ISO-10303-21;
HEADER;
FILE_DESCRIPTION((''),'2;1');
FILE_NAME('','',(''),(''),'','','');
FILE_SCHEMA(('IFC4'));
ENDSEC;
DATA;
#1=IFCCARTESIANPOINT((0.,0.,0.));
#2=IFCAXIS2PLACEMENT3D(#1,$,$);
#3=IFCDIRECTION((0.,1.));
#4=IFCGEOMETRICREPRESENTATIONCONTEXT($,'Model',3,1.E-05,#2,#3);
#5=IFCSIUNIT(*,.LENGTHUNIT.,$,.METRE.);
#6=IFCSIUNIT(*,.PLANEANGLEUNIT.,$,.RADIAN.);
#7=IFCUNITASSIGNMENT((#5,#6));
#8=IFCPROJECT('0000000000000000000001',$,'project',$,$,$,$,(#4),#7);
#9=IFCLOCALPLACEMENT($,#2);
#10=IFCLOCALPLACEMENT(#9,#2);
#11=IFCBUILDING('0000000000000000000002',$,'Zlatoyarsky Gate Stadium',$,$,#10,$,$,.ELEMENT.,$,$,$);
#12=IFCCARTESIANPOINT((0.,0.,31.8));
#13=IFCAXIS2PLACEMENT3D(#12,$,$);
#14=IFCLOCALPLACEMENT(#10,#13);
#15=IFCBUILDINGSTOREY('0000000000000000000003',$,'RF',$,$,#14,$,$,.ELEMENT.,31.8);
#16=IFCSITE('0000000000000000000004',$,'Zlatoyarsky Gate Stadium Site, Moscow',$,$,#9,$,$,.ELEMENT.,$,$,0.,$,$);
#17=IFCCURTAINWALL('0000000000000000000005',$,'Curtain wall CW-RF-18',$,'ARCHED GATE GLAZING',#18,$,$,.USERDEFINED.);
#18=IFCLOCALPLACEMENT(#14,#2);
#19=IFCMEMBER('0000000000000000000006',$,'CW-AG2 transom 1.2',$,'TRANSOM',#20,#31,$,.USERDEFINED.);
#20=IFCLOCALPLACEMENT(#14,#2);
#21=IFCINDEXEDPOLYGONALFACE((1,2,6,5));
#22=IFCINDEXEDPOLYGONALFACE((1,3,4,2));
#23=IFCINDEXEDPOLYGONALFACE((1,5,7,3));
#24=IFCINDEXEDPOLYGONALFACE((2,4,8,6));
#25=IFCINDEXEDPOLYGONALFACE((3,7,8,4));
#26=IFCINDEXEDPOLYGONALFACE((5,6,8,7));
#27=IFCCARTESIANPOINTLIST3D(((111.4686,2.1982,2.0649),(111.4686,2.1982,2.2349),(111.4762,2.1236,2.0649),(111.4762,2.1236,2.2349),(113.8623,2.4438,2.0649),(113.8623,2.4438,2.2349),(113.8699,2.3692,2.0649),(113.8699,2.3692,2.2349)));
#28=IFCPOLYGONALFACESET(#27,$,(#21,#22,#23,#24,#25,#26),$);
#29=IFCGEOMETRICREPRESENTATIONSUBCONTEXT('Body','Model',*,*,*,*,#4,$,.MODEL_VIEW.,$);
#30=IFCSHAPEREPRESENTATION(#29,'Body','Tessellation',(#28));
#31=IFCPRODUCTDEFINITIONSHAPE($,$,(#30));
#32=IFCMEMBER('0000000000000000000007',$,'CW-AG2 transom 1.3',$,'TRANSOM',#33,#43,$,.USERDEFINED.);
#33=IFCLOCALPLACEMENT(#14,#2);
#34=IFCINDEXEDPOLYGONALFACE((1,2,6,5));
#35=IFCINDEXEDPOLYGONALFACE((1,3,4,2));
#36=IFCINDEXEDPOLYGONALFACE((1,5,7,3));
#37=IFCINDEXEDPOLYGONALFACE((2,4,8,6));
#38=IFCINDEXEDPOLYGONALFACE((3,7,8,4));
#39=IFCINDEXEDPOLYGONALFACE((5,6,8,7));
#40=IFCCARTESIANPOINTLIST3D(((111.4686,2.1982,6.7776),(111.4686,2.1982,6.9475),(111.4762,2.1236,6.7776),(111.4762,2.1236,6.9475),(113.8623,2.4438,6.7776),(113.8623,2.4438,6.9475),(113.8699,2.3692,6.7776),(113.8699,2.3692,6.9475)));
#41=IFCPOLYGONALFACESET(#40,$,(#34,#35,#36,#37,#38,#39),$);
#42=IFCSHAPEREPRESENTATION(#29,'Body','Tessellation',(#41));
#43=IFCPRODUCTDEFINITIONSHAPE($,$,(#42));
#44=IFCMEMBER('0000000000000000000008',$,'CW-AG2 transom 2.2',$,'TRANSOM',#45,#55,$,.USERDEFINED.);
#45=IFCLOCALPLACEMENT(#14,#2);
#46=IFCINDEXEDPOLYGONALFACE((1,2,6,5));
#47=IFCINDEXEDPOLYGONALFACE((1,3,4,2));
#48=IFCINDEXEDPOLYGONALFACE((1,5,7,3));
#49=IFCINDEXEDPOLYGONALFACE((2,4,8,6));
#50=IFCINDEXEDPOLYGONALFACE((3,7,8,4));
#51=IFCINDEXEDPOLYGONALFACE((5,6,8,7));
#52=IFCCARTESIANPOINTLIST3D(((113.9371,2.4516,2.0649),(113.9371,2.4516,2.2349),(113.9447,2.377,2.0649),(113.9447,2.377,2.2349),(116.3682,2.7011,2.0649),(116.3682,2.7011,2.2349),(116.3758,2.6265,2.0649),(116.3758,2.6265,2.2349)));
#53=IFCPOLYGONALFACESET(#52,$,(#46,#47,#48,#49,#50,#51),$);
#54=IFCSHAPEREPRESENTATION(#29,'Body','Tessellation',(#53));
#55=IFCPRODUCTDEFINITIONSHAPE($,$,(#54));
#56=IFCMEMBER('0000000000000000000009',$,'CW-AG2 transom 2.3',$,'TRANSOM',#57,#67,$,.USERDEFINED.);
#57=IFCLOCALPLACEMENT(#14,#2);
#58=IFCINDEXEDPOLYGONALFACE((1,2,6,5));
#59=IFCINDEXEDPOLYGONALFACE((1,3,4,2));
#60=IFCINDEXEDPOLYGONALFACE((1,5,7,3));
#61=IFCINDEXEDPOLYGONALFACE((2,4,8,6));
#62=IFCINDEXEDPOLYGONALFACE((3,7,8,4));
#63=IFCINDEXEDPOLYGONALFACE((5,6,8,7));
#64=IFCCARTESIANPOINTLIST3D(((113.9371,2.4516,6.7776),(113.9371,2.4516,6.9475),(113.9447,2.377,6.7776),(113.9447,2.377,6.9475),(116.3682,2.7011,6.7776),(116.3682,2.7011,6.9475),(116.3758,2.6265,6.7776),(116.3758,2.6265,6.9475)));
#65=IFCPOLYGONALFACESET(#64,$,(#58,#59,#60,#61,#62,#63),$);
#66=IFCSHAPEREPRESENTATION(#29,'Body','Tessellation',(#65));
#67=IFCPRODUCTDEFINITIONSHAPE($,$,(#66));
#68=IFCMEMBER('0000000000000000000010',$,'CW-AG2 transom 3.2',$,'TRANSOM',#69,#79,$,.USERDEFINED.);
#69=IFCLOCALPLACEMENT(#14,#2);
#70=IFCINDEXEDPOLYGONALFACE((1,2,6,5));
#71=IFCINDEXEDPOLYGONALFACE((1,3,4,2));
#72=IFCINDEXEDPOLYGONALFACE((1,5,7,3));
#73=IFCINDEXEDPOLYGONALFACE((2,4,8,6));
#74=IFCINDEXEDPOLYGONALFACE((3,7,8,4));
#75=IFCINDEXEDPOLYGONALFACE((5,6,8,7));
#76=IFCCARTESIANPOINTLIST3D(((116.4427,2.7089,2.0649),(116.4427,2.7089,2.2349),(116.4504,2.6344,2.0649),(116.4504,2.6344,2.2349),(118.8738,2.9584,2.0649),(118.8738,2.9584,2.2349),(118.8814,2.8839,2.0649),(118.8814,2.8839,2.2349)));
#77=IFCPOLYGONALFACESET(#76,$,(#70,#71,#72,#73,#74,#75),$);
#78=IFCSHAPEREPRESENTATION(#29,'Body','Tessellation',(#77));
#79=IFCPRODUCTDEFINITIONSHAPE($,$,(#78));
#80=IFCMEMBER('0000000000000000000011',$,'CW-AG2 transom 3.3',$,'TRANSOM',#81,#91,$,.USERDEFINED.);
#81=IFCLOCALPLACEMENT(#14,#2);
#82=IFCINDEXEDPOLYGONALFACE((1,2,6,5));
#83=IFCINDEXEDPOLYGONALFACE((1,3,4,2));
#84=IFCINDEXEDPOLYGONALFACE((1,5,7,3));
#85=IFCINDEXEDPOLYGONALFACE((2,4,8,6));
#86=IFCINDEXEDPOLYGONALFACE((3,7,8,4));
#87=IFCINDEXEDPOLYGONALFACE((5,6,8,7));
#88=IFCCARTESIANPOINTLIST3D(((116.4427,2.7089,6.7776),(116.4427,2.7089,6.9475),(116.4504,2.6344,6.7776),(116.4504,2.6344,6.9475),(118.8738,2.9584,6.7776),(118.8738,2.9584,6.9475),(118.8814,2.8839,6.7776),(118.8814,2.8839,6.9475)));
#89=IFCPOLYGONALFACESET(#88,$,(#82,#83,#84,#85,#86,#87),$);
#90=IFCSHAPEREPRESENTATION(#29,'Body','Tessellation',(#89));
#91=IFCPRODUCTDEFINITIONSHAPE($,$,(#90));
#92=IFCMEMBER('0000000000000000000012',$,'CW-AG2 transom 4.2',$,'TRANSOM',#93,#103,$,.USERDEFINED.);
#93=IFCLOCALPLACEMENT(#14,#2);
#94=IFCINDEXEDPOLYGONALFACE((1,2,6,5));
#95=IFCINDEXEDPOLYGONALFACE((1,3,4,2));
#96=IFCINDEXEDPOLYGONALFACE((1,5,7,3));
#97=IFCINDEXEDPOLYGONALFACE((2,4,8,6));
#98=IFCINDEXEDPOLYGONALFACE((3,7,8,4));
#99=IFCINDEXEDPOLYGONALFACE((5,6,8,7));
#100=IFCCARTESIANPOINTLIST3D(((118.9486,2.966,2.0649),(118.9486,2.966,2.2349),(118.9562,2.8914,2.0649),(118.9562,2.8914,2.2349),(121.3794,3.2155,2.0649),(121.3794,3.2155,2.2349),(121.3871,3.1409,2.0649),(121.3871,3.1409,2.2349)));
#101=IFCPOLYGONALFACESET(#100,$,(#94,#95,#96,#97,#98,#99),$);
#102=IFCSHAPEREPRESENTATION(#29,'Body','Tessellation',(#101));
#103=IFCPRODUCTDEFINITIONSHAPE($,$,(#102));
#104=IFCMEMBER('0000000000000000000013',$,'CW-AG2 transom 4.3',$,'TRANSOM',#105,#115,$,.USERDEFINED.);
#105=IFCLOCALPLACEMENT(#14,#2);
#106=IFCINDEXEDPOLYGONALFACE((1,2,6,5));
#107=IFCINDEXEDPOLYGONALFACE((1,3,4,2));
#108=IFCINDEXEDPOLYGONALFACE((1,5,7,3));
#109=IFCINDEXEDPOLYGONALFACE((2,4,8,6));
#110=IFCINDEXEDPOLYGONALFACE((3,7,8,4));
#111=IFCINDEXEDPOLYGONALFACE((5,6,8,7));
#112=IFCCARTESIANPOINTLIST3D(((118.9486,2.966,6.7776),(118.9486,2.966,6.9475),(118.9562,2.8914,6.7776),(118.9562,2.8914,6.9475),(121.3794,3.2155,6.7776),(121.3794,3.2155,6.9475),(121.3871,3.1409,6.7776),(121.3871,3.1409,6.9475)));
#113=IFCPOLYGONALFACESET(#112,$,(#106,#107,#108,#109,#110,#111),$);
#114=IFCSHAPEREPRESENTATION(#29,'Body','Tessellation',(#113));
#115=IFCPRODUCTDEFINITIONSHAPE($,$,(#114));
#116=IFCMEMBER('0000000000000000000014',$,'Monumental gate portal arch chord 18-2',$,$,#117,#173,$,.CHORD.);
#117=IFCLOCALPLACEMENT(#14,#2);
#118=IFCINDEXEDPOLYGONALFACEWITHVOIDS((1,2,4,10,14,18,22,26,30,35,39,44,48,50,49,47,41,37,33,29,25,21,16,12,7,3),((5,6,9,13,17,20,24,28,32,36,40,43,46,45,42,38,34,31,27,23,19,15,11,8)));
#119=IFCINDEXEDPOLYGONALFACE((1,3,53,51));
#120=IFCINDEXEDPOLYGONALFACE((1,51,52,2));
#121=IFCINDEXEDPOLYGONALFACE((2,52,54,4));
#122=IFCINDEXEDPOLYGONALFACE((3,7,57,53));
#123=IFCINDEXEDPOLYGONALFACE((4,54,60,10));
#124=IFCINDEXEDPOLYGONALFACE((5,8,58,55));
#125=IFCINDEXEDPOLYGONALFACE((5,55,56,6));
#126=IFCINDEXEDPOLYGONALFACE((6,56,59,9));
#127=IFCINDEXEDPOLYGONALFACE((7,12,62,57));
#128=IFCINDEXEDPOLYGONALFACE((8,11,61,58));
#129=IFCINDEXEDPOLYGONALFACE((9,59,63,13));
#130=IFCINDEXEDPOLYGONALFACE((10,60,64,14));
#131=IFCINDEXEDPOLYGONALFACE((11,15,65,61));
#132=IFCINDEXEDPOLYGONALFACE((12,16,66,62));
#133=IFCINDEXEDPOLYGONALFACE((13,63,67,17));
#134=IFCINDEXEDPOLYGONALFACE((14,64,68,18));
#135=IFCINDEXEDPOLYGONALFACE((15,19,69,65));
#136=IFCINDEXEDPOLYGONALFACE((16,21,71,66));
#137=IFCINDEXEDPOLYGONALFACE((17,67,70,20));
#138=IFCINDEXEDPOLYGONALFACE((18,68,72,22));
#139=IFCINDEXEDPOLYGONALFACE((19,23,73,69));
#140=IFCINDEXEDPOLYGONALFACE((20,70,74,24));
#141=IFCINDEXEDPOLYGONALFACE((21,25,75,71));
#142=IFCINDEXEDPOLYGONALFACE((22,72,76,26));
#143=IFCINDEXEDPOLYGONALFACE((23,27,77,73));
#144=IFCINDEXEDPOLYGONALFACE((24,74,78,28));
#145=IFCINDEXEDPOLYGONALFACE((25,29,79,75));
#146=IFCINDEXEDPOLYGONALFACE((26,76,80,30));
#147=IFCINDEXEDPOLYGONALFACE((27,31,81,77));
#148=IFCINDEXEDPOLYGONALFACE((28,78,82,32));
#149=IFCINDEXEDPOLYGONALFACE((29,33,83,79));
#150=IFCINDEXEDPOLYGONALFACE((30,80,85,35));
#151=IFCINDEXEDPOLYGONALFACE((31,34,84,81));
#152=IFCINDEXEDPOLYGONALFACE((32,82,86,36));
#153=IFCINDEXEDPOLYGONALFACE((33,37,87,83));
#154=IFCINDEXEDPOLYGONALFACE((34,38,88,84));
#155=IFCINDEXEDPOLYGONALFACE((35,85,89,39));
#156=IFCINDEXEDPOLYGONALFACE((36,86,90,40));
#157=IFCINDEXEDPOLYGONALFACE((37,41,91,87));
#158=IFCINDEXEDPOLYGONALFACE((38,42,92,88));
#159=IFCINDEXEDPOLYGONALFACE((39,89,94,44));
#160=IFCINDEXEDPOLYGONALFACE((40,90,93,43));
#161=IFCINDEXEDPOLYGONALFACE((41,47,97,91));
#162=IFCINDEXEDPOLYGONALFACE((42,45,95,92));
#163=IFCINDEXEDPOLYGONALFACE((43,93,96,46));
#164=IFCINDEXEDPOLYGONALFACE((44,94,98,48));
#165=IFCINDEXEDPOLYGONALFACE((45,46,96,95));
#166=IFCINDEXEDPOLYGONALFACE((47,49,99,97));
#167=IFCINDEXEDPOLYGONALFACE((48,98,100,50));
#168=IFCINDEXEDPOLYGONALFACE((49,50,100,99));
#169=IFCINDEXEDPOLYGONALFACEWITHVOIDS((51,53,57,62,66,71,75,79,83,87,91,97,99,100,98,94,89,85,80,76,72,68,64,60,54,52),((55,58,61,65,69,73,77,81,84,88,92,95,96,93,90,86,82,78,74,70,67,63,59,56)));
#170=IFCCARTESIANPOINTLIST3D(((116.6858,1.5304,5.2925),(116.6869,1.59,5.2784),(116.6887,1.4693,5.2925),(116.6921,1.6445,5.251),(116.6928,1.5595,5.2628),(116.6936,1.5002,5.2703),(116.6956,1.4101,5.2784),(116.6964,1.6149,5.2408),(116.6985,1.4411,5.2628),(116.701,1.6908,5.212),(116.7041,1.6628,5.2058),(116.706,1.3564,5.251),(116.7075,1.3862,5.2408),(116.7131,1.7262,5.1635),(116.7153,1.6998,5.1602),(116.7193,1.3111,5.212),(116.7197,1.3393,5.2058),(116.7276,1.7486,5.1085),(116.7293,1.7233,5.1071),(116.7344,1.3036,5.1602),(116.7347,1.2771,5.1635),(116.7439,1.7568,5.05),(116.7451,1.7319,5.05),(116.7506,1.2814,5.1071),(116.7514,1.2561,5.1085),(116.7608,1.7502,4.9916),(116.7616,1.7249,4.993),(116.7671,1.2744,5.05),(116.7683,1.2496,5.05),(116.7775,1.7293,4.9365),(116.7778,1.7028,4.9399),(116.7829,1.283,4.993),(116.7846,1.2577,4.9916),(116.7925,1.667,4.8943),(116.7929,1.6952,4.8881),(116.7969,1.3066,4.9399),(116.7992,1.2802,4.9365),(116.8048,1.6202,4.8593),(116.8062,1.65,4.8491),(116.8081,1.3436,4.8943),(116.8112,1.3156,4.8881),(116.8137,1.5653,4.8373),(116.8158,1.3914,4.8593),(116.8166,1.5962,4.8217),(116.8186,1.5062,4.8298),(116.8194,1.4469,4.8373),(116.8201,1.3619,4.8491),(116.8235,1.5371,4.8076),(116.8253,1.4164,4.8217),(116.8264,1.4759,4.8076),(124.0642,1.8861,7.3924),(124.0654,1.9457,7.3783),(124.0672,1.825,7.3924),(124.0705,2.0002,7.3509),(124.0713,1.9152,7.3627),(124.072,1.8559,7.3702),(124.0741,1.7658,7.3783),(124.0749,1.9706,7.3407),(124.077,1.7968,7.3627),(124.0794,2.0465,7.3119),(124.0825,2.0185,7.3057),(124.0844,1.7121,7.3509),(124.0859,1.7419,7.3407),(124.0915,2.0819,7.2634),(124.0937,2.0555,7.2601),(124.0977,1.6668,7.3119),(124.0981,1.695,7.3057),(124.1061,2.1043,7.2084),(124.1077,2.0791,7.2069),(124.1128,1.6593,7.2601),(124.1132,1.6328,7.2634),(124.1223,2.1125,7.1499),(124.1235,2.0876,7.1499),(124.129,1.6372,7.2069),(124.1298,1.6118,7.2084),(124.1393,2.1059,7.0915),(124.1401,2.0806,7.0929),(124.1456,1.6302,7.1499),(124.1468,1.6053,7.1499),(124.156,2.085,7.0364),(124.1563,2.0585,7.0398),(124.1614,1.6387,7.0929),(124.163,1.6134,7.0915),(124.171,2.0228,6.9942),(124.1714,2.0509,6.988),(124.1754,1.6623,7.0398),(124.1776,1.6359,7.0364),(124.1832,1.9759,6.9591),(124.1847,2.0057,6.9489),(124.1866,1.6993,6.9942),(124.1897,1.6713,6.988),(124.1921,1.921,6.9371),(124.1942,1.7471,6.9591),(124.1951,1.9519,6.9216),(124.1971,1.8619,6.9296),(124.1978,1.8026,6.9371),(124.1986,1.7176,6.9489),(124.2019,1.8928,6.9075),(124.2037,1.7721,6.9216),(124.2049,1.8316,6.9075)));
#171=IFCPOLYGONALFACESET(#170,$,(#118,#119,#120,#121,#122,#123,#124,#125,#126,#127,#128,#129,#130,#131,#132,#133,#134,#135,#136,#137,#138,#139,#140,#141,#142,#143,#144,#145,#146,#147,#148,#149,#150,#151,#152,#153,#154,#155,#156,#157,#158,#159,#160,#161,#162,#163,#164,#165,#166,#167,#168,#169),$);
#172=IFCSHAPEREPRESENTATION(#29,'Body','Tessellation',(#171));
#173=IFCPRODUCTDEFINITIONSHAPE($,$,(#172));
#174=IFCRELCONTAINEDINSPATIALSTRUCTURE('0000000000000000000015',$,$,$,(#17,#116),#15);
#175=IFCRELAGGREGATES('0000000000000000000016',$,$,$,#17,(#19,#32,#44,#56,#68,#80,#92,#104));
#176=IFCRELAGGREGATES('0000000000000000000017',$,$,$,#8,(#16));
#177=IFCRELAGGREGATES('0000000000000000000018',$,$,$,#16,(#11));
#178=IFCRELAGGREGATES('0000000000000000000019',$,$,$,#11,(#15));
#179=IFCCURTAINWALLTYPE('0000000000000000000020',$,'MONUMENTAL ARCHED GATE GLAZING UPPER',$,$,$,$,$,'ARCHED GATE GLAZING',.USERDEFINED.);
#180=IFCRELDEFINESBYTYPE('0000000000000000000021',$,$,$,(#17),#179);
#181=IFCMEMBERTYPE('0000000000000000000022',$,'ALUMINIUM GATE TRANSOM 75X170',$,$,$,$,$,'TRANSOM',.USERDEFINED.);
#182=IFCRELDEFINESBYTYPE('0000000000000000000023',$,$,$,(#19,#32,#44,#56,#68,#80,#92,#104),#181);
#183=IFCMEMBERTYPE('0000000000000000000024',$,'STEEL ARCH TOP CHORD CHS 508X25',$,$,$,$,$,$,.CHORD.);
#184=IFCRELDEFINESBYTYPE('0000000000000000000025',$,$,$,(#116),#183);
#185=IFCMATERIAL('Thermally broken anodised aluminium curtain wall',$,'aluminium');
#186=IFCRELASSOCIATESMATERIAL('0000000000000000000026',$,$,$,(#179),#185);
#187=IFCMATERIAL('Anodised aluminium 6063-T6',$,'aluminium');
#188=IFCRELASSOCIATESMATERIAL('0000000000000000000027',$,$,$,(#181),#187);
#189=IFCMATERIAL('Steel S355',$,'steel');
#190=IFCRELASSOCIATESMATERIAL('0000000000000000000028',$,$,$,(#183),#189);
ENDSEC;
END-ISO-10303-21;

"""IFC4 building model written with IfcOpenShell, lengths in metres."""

from ifc_helpers import new_model, si_unit, direction, frame, origin, origin_2d, place, context, subcontext, project, spatial, rectangle, hollow_circle, extrude, material, material_profile, profile_set, type_object, element, aggregate, save


model = new_model("IFC4")

# Units and contexts
model_context = context("Model", 3, precision=1e-05, world=origin(), true_north=direction((0.0, 1.0)))
body_context = subcontext(model_context, "Body", "Model", "MODEL_VIEW")
ifc_project = project(units=[si_unit("LENGTHUNIT", "METRE"), si_unit("PLANEANGLEUNIT", "RADIAN")], contexts=[model_context])

# Site, building, storey
site_placement = place(None, origin())
site = spatial("IfcSite", under=ifc_project, at=site_placement, Name="Zlatoyarsky Gate Stadium Site, Moscow", CompositionType="ELEMENT", RefElevation=0.0)
building_placement = place(site_placement, origin())
building = spatial("IfcBuilding", under=site, at=building_placement, Name="Zlatoyarsky Gate Stadium", CompositionType="ELEMENT")
storey_placement = place(building_placement, frame((0.0, 0.0, 31.8)))
storey = spatial("IfcBuildingStorey", under=building, at=storey_placement, Name="RF", CompositionType="ELEMENT", Elevation=31.8)

# Curtain wall, members
ifc_material_1 = material(Name="Thermally broken anodised aluminium curtain wall", Category="aluminium")
curtain_wall_type = type_object("IfcCurtainWallType", Name="MONUMENTAL ARCHED GATE GLAZING UPPER", ElementType="ARCHED GATE GLAZING", PredefinedType="USERDEFINED", material=ifc_material_1)
curtain_wall_placement = place(storey_placement, origin())
curtain_wall = element("IfcCurtainWall", 1, at=curtain_wall_placement, inside=storey, type_object=curtain_wall_type, Name="Curtain wall CW-RF-18", ObjectType="ARCHED GATE GLAZING", PredefinedType="USERDEFINED")
ifc_material_2 = material(Name="Anodised aluminium 6063-T6", Category="aluminium")
ifc_material_profile_1 = material_profile(ifc_material_2, rectangle(XDim=0.075, YDim=0.1699, at=origin_2d()), Name="ALU 75X170")
ifc_profile_set_1 = profile_set([ifc_material_profile_1], Name="Anodised aluminium 6063-T6")
member_type_1 = type_object("IfcMemberType", Name="ALUMINIUM GATE TRANSOM 75X170", ElementType="TRANSOM", PredefinedType="USERDEFINED", material=ifc_profile_set_1)
member_1_placement = place(storey_placement, frame((111.4724, 2.1609, 2.1499), z_axis=(0.994778, 0.102065, 0.0), x_axis=(-0.102065, 0.994778, 0.0)))
member_1 = element("IfcMember", 2, at=member_1_placement, type_object=member_type_1, Name="CW-AG2 transom 1.2", ObjectType="TRANSOM", PredefinedType="USERDEFINED", context=body_context, shape_type="SweptSolid", body=[
    extrude(rectangle(XDim=0.075, YDim=0.1699, at=origin_2d()), origin(), (0.0, 0.0, 1.0), 2.4062),
])
member_2_placement = place(storey_placement, frame((111.4724, 2.1609, 6.8625), z_axis=(0.994778, 0.102065, 0.0), x_axis=(-0.102065, 0.994778, 0.0)))
member_2 = element("IfcMember", 3, at=member_2_placement, type_object=member_type_1, Name="CW-AG2 transom 1.3", ObjectType="TRANSOM", PredefinedType="USERDEFINED", context=body_context, shape_type="SweptSolid", body=[
    extrude(rectangle(XDim=0.075, YDim=0.1699, at=origin_2d()), origin(), (0.0, 0.0, 1.0), 2.4062),
])
member_3_placement = place(storey_placement, frame((113.9409, 2.4143, 2.1499), z_axis=(0.994775, 0.102095, 0.0), x_axis=(-0.102095, 0.994775, 0.0)))
member_3 = element("IfcMember", 4, at=member_3_placement, type_object=member_type_1, Name="CW-AG2 transom 2.2", ObjectType="TRANSOM", PredefinedType="USERDEFINED", context=body_context, shape_type="SweptSolid", body=[
    extrude(rectangle(XDim=0.075, YDim=0.1699, at=origin_2d()), origin(), (0.0, 0.0, 1.0), 2.4438),
])
member_4_placement = place(storey_placement, frame((113.9409, 2.4143, 6.8625), z_axis=(0.994775, 0.102095, 0.0), x_axis=(-0.102095, 0.994775, 0.0)))
member_4 = element("IfcMember", 5, at=member_4_placement, type_object=member_type_1, Name="CW-AG2 transom 2.3", ObjectType="TRANSOM", PredefinedType="USERDEFINED", context=body_context, shape_type="SweptSolid", body=[
    extrude(rectangle(XDim=0.075, YDim=0.1699, at=origin_2d()), origin(), (0.0, 0.0, 1.0), 2.4438),
])
member_5_placement = place(storey_placement, frame((116.4465, 2.6716, 2.1499), z_axis=(0.994775, 0.102095, 0.0), x_axis=(-0.102095, 0.994775, 0.0)))
member_5 = element("IfcMember", 6, at=member_5_placement, type_object=member_type_1, Name="CW-AG2 transom 3.2", ObjectType="TRANSOM", PredefinedType="USERDEFINED", context=body_context, shape_type="SweptSolid", body=[
    extrude(rectangle(XDim=0.075, YDim=0.1699, at=origin_2d()), origin(), (0.0, 0.0, 1.0), 2.4438),
])
member_6_placement = place(storey_placement, frame((116.4465, 2.6716, 6.8625), z_axis=(0.994775, 0.102095, 0.0), x_axis=(-0.102095, 0.994775, 0.0)))
member_6 = element("IfcMember", 7, at=member_6_placement, type_object=member_type_1, Name="CW-AG2 transom 3.3", ObjectType="TRANSOM", PredefinedType="USERDEFINED", context=body_context, shape_type="SweptSolid", body=[
    extrude(rectangle(XDim=0.075, YDim=0.1699, at=origin_2d()), origin(), (0.0, 0.0, 1.0), 2.4438),
])
member_7_placement = place(storey_placement, frame((118.9524, 2.9287, 2.1499), z_axis=(0.994774, 0.102105, 0.0), x_axis=(-0.102105, 0.994774, 0.0)))
member_7 = element("IfcMember", 8, at=member_7_placement, type_object=member_type_1, Name="CW-AG2 transom 4.2", ObjectType="TRANSOM", PredefinedType="USERDEFINED", context=body_context, shape_type="SweptSolid", body=[
    extrude(rectangle(XDim=0.075, YDim=0.1699, at=origin_2d()), origin(), (0.0, 0.0, 1.0), 2.4436),
])
member_8_placement = place(storey_placement, frame((118.9524, 2.9287, 6.8625), z_axis=(0.994774, 0.102105, 0.0), x_axis=(-0.102105, 0.994774, 0.0)))
member_8 = element("IfcMember", 9, at=member_8_placement, type_object=member_type_1, Name="CW-AG2 transom 4.3", ObjectType="TRANSOM", PredefinedType="USERDEFINED", context=body_context, shape_type="SweptSolid", body=[
    extrude(rectangle(XDim=0.075, YDim=0.1699, at=origin_2d()), origin(), (0.0, 0.0, 1.0), 2.4436),
])

# Member
ifc_material_3 = material(Name="Steel S355", Category="steel")
ifc_material_profile_2 = material_profile(ifc_material_3, hollow_circle(Radius=0.2539, WallThickness=0.0249, at=origin_2d()), Name="CHS 508X25")
ifc_profile_set_2 = profile_set([ifc_material_profile_2], Name="Steel S355")
member_type_2 = type_object("IfcMemberType", Name="STEEL ARCH TOP CHORD CHS 508X25", PredefinedType="CHORD", material=ifc_profile_set_2)
member_9_placement = place(storey_placement, frame((116.7561, 1.5032, 5.05), z_axis=(0.960776, 0.046319, 0.273431), x_axis=(-0.048154, 0.99884, 0.0)))
element("IfcMember", 10, at=member_9_placement, inside=storey, type_object=member_type_2, Name="Monumental gate portal arch chord 18-2", PredefinedType="CHORD", context=body_context, shape_type="SweptSolid", body=[
    extrude(hollow_circle(Radius=0.2539, WallThickness=0.0249, at=origin_2d()), origin(), (0.0, 0.0, 1.0), 7.6797),
])

aggregate(curtain_wall, [member_1, member_2, member_3, member_4, member_5, member_6, member_7, member_8])

save(model, "model.ifc")
